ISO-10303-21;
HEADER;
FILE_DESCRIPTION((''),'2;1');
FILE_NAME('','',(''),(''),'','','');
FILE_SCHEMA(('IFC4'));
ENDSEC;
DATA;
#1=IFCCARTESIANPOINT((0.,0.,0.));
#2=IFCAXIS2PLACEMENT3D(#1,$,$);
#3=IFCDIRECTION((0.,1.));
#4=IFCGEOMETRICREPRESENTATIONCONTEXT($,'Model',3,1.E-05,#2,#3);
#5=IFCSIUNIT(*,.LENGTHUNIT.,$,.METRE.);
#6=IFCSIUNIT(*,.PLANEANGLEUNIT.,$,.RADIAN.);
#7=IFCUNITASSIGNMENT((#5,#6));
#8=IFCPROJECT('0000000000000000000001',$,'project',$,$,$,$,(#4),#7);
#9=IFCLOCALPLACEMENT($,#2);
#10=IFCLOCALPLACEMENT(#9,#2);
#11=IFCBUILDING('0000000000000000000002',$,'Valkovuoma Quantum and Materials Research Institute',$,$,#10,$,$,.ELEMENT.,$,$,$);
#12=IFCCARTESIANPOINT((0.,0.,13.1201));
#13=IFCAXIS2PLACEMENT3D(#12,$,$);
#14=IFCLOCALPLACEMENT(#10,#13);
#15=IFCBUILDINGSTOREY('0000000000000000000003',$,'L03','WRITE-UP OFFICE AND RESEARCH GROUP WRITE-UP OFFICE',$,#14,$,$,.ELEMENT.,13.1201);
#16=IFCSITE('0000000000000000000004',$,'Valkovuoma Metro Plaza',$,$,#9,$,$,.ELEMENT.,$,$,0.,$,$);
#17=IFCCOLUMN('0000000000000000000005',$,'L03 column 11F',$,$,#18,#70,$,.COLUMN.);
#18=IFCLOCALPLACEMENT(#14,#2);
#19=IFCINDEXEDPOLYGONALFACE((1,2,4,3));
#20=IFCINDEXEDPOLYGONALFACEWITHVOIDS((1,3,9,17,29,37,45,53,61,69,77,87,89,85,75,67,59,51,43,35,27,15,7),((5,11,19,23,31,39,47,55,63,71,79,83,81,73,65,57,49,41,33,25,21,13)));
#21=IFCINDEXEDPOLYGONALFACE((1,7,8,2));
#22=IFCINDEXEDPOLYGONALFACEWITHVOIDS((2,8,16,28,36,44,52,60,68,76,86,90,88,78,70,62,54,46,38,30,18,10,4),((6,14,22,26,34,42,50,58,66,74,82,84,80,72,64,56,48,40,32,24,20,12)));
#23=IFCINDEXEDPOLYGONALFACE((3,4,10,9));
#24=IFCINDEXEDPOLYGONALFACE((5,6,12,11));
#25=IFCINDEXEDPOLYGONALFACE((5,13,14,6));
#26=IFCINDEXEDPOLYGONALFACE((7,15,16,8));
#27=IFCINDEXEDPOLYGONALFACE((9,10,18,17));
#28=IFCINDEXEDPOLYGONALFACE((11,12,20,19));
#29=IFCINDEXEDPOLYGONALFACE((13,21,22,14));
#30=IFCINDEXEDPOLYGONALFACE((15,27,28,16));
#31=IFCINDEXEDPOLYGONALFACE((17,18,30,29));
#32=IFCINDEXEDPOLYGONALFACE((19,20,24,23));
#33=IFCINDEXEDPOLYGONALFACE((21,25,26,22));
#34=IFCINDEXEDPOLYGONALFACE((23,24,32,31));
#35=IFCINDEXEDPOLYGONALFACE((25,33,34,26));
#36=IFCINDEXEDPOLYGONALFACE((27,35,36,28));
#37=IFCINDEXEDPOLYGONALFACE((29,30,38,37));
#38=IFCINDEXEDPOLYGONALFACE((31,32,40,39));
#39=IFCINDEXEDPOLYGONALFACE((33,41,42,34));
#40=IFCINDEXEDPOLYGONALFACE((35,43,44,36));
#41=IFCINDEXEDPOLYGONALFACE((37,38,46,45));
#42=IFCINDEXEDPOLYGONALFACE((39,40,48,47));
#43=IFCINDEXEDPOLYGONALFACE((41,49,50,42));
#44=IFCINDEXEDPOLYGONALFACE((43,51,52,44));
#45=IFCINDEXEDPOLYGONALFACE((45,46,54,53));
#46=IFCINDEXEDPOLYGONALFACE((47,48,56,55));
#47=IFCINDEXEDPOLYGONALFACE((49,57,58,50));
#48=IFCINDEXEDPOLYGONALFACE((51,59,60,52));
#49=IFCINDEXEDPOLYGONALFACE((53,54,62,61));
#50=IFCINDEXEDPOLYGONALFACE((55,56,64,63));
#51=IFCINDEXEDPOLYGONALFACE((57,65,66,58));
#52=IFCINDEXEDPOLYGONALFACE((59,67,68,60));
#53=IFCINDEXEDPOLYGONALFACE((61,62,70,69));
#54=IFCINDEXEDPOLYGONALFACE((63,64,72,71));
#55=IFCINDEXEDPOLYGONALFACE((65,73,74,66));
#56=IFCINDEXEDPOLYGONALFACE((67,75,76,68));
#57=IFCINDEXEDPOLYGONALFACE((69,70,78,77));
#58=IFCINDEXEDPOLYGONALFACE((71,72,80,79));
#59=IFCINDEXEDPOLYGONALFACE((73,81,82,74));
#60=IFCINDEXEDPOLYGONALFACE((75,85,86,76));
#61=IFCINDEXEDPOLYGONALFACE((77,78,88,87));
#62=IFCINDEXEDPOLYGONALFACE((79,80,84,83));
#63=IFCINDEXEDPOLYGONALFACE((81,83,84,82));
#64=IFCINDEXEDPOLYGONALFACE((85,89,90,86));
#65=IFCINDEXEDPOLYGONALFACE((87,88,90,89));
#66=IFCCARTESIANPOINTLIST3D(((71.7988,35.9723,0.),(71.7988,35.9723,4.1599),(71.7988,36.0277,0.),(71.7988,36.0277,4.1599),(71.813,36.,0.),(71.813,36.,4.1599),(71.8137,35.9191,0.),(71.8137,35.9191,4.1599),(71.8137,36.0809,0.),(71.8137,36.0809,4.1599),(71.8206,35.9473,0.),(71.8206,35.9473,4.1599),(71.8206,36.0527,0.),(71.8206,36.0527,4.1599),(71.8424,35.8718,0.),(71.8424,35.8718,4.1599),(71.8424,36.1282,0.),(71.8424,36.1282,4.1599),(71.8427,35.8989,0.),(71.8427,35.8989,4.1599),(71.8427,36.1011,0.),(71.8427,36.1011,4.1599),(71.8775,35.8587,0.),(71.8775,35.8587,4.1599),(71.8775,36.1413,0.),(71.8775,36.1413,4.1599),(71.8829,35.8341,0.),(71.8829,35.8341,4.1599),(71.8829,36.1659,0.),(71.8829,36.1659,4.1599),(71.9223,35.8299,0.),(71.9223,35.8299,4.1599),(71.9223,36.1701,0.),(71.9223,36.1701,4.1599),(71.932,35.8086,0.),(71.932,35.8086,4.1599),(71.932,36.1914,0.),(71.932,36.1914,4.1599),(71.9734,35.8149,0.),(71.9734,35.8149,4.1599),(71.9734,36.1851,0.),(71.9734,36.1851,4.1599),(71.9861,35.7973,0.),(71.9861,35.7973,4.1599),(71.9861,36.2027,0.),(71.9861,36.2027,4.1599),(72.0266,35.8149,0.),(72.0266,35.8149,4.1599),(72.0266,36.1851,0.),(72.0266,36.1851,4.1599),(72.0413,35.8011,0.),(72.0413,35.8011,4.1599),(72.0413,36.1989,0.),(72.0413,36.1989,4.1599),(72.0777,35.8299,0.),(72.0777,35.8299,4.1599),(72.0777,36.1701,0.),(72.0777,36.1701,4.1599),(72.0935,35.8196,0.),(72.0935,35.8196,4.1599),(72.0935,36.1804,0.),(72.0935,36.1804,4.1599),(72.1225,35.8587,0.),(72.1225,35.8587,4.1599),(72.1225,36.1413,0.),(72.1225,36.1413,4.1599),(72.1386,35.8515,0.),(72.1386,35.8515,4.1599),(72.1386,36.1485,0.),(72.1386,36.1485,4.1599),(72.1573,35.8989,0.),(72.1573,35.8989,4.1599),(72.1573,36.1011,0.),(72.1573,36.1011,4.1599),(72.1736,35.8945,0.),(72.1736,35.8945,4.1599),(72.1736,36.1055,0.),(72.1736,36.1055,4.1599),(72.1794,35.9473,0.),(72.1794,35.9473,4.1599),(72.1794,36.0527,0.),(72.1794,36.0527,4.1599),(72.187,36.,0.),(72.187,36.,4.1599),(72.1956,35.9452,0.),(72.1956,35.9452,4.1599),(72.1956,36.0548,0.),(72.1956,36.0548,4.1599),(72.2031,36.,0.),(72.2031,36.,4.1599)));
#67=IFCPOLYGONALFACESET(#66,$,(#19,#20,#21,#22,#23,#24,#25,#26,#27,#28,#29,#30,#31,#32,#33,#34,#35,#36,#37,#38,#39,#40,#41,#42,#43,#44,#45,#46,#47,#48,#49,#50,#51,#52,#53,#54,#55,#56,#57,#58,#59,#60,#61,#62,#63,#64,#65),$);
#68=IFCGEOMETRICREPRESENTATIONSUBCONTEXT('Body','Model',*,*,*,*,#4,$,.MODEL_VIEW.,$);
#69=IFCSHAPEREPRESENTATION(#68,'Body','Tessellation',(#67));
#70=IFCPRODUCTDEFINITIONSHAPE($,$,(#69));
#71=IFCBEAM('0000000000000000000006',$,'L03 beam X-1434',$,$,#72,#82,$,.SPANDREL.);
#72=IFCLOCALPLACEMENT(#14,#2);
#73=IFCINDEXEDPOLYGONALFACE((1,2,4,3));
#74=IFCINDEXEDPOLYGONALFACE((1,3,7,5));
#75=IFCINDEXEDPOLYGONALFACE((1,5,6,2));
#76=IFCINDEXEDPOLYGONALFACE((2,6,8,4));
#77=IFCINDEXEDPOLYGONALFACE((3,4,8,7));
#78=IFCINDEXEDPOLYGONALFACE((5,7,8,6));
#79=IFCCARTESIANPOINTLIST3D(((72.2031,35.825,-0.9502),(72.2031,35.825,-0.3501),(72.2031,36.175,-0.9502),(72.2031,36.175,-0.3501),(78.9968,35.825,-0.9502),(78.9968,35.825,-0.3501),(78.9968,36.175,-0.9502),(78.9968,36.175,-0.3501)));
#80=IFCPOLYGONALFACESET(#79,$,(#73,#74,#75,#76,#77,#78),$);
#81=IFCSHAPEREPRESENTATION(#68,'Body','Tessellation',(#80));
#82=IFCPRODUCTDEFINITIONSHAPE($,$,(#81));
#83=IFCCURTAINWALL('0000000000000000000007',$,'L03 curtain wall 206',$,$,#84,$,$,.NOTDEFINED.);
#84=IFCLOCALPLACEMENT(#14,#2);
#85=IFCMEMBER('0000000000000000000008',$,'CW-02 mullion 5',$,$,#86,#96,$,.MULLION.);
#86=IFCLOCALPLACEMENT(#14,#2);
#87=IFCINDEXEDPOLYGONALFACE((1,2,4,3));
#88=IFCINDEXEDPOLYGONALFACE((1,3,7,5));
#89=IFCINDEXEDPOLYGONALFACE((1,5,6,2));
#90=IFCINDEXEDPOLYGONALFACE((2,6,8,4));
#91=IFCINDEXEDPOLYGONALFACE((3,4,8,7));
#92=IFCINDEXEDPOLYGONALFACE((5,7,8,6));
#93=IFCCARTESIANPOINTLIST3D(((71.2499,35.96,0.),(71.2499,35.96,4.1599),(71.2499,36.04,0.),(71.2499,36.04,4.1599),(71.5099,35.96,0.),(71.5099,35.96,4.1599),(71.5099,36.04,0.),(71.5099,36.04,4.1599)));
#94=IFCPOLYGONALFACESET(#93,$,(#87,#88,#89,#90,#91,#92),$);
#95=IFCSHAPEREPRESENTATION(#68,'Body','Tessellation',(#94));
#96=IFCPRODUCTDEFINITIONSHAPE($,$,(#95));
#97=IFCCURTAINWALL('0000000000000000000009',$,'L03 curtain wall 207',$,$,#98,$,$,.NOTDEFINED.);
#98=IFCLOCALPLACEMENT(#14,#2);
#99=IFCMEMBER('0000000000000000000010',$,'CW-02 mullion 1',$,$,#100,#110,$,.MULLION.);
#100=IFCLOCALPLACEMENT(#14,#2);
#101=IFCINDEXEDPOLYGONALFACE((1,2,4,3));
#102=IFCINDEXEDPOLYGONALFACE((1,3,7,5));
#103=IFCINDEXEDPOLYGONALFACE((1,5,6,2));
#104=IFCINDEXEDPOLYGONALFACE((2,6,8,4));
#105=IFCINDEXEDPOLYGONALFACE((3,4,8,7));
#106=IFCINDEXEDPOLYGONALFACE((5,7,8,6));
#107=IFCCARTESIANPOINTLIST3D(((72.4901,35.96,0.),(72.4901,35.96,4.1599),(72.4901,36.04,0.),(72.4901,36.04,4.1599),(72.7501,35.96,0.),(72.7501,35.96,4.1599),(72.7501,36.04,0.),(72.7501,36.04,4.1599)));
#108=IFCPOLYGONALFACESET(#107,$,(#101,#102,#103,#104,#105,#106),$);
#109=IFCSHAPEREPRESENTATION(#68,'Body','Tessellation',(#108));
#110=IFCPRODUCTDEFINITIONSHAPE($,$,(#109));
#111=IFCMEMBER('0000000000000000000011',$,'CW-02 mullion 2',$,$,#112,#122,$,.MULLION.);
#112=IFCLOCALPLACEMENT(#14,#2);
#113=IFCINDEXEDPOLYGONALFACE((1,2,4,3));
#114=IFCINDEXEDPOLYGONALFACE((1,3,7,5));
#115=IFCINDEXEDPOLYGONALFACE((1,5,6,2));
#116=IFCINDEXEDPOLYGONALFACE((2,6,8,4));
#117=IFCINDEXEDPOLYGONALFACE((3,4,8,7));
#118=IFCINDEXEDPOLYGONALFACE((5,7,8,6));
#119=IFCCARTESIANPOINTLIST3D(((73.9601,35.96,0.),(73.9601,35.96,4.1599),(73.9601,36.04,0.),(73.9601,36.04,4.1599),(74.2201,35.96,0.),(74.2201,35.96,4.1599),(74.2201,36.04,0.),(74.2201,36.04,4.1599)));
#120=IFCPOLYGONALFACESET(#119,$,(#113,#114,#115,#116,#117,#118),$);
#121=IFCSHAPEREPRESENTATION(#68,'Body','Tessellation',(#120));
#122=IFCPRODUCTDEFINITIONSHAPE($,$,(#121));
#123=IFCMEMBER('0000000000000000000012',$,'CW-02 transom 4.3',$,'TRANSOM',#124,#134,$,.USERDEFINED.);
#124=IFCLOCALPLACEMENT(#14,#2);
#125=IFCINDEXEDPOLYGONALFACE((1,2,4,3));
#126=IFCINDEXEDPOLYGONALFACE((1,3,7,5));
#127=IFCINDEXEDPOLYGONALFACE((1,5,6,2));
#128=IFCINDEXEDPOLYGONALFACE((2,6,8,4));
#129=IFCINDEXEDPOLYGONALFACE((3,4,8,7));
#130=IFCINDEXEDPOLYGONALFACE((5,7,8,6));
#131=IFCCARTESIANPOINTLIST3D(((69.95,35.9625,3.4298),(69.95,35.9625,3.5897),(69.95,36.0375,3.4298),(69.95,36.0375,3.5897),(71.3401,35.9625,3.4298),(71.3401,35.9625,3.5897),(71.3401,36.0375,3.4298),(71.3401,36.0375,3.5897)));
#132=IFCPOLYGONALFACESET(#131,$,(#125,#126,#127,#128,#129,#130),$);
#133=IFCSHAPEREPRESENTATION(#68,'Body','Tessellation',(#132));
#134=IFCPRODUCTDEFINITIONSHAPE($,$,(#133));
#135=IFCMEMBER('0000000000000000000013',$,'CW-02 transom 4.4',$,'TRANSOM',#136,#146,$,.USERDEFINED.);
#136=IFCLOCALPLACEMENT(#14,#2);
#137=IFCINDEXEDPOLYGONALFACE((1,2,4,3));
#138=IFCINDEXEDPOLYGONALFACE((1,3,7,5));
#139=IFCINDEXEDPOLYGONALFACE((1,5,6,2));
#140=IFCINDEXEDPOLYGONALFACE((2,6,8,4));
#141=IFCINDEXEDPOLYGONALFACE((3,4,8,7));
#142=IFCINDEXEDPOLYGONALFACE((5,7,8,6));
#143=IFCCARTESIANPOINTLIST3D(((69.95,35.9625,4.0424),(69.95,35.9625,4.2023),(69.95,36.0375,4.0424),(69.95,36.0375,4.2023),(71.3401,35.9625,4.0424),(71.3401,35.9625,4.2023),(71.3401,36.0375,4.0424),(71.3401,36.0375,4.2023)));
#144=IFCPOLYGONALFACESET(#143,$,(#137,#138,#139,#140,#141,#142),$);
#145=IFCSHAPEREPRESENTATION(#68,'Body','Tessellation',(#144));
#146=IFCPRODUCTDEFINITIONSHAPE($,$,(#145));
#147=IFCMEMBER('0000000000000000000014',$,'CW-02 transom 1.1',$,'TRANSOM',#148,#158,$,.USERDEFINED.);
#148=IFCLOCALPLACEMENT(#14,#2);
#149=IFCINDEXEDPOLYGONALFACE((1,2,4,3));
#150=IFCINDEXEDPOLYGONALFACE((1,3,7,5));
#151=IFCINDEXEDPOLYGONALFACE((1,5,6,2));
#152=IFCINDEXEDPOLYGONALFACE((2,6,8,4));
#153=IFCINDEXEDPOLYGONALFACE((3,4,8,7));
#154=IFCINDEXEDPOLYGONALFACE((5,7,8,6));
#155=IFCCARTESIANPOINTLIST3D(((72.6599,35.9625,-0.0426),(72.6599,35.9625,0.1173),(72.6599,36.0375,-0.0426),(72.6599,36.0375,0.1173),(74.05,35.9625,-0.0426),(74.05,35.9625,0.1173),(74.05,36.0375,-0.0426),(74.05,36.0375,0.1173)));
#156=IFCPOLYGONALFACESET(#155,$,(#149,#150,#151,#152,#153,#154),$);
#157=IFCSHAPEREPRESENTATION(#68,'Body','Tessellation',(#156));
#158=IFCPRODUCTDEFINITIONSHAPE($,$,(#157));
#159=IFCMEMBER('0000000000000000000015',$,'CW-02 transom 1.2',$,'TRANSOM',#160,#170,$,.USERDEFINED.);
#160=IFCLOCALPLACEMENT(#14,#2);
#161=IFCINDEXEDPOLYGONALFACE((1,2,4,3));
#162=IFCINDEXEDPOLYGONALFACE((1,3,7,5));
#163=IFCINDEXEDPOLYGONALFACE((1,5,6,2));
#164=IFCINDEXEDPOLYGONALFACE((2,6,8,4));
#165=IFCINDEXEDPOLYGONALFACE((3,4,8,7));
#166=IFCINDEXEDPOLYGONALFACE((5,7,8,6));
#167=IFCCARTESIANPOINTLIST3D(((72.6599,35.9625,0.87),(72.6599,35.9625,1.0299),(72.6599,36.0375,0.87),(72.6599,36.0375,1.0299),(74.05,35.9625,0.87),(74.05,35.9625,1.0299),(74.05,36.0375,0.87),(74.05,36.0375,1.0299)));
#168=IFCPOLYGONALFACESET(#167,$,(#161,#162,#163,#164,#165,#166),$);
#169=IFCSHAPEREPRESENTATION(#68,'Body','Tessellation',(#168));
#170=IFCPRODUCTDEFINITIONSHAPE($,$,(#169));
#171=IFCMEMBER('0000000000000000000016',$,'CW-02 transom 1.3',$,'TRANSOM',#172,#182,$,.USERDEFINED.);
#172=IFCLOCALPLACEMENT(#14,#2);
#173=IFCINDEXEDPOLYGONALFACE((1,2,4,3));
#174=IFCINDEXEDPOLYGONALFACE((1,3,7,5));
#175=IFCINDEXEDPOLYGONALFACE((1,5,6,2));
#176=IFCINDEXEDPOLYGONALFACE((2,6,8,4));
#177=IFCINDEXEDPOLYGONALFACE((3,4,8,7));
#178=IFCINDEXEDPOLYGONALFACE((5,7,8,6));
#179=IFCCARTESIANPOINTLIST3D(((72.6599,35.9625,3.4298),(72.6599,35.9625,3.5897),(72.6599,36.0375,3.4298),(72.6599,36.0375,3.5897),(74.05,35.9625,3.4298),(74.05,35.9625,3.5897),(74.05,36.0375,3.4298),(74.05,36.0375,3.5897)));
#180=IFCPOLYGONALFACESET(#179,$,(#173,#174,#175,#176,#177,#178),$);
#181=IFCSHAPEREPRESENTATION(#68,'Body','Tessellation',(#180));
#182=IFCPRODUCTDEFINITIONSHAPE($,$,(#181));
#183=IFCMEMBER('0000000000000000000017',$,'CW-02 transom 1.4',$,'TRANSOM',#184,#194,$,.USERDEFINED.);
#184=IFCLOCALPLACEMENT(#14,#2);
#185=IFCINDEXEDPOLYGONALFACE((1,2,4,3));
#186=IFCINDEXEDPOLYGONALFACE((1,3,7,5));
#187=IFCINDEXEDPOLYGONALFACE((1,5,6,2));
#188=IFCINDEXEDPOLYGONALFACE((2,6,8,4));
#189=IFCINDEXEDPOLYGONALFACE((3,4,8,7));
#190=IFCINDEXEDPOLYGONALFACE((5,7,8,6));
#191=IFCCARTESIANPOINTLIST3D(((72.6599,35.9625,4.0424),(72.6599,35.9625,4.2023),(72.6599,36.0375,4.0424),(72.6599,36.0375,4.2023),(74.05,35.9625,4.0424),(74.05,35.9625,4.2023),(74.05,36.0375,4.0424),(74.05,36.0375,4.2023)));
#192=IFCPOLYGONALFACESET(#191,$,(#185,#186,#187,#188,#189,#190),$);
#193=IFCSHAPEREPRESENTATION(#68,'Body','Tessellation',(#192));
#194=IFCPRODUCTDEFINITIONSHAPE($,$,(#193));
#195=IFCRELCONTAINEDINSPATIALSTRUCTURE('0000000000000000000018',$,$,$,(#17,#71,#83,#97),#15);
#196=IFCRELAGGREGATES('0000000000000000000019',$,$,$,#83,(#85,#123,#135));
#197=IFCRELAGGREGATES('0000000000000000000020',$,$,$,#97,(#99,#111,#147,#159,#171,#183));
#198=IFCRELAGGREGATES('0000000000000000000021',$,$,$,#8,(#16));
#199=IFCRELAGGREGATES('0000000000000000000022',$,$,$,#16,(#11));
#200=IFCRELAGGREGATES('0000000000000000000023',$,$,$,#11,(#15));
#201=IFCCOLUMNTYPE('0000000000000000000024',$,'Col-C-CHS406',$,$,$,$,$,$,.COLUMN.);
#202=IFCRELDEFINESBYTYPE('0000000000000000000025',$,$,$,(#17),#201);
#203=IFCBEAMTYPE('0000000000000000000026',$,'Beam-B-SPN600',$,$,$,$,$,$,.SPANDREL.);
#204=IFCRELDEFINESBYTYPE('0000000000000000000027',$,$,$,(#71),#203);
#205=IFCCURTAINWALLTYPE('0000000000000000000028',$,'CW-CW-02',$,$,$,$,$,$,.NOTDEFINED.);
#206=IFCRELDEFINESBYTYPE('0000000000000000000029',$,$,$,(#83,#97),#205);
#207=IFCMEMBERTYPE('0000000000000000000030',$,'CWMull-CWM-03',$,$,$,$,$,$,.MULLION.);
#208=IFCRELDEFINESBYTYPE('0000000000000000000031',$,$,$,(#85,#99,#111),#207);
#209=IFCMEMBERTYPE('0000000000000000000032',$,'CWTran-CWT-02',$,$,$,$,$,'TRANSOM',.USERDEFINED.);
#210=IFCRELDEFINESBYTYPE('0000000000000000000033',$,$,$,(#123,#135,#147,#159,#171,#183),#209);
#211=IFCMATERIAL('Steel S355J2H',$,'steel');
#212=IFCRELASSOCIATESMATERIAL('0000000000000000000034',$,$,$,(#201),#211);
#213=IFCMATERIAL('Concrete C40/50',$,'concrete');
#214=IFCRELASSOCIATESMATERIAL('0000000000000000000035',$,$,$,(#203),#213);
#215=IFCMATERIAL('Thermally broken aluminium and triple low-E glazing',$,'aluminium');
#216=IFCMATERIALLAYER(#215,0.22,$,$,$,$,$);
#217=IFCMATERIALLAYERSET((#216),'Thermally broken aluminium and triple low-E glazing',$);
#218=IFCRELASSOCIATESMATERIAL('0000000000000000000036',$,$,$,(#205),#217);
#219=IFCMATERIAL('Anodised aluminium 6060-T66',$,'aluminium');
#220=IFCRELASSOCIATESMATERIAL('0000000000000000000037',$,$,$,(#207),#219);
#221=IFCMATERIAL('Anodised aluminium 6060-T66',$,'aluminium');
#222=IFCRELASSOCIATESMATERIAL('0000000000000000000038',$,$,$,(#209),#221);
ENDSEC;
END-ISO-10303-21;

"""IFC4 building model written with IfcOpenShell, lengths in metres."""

from ifc_helpers import new_model, si_unit, direction, frame, origin, origin_2d, place, context, subcontext, project, spatial, rectangle, hollow_circle, extrude, material, layer, layer_set, material_profile, profile_set, type_object, element, aggregate, save


model = new_model("IFC4")

# Units and contexts
model_context = context("Model", 3, precision=1e-05, world=origin(), true_north=direction((0.0, 1.0)))
body_context = subcontext(model_context, "Body", "Model", "MODEL_VIEW")
ifc_project = project(units=[si_unit("LENGTHUNIT", "METRE"), si_unit("PLANEANGLEUNIT", "RADIAN")], contexts=[model_context])

# Site, building, storey
site_placement = place(None, origin())
site = spatial("IfcSite", under=ifc_project, at=site_placement, Name="Valkovuoma Metro Plaza", CompositionType="ELEMENT", RefElevation=0.0)
building_placement = place(site_placement, origin())
building = spatial("IfcBuilding", under=site, at=building_placement, Name="Valkovuoma Quantum and Materials Research Institute", CompositionType="ELEMENT")
storey_placement = place(building_placement, frame((0.0, 0.0, 13.1201)))
storey = spatial("IfcBuildingStorey", under=building, at=storey_placement, Name="L03", Description="WRITE-UP OFFICE AND RESEARCH GROUP WRITE-UP OFFICE", CompositionType="ELEMENT", Elevation=13.1201)

# Column
ifc_material_1 = material(Name="Steel S355J2H", Category="steel")
ifc_material_profile_1 = material_profile(ifc_material_1, hollow_circle(Radius=0.2031, WallThickness=0.0161, at=origin_2d()), Name="Steel S355J2H")
ifc_profile_set_1 = profile_set([ifc_material_profile_1], Name="Steel S355J2H")
column_type = type_object("IfcColumnType", Name="Col-C-CHS406", PredefinedType="COLUMN", material=ifc_profile_set_1)
column_placement = place(storey_placement, frame((72.0, 36.0, 0.0), z_axis=(0.0, 0.0, 1.0), x_axis=(1.0, 0.0, 0.0)))
element("IfcColumn", 1, at=column_placement, inside=storey, type_object=column_type, Name="L03 column 11F", PredefinedType="COLUMN", context=body_context, shape_type="SweptSolid", body=[
    extrude(hollow_circle(Radius=0.2031, WallThickness=0.0161, at=origin_2d()), origin(), (0.0, 0.0, 1.0), 4.1599),
])

# Beam
ifc_material_2 = material(Name="Concrete C40/50", Category="concrete")
ifc_material_profile_2 = material_profile(ifc_material_2, rectangle(XDim=0.3501, YDim=0.6001, at=origin_2d()), Name="Concrete C40/50")
ifc_profile_set_2 = profile_set([ifc_material_profile_2], Name="Concrete C40/50")
beam_type = type_object("IfcBeamType", Name="Beam-B-SPN600", PredefinedType="SPANDREL", material=ifc_profile_set_2)
beam_placement = place(storey_placement, frame((72.2031, 36.0, -0.6501), z_axis=(1.0, 0.0, 0.0), x_axis=(0.0, 1.0, 0.0)))
element("IfcBeam", 2, at=beam_placement, inside=storey, type_object=beam_type, Name="L03 beam X-1434", PredefinedType="SPANDREL", context=body_context, shape_type="SweptSolid", body=[
    extrude(rectangle(XDim=0.3501, YDim=0.6001, at=origin_2d()), origin(), (0.0, 0.0, 1.0), 6.7937),
])

# Curtain wall, member
ifc_material_3 = material(Name="Thermally broken aluminium and triple low-E glazing", Category="aluminium")
ifc_layer_1 = layer(ifc_material_3, 0.22)
ifc_layer_set_1 = layer_set([ifc_layer_1], Name="Thermally broken aluminium and triple low-E glazing")
curtain_wall_type = type_object("IfcCurtainWallType", Name="CW-CW-02", PredefinedType="NOTDEFINED", material=ifc_layer_set_1)
curtain_wall_1_placement = place(storey_placement, origin())
curtain_wall_1 = element("IfcCurtainWall", 3, at=curtain_wall_1_placement, inside=storey, type_object=curtain_wall_type, Name="L03 curtain wall 206", PredefinedType="NOTDEFINED")
ifc_material_4 = material(Name="Anodised aluminium 6060-T66", Category="aluminium")
ifc_material_profile_3 = material_profile(ifc_material_4, rectangle(XDim=0.0801, YDim=0.26, at=origin_2d()), Name="Anodised aluminium 6060-T66")
ifc_profile_set_3 = profile_set([ifc_material_profile_3], Name="Anodised aluminium 6060-T66")
member_type_1 = type_object("IfcMemberType", Name="CWMull-CWM-03", PredefinedType="MULLION", material=ifc_profile_set_3)
member_1_placement = place(storey_placement, frame((71.3799, 36.0, 0.0), z_axis=(0.0, 0.0, 1.0), x_axis=(0.0, 1.0, 0.0)))
member_1 = element("IfcMember", 4, at=member_1_placement, type_object=member_type_1, Name="CW-02 mullion 5", PredefinedType="MULLION", context=body_context, shape_type="SweptSolid", body=[
    extrude(rectangle(XDim=0.0801, YDim=0.26, at=origin_2d()), origin(), (0.0, 0.0, 1.0), 4.1599),
])

# Curtain wall, members
curtain_wall_2_placement = place(storey_placement, origin())
curtain_wall_2 = element("IfcCurtainWall", 5, at=curtain_wall_2_placement, inside=storey, type_object=curtain_wall_type, Name="L03 curtain wall 207", PredefinedType="NOTDEFINED")
member_2_placement = place(storey_placement, frame((72.6201, 36.0, 0.0), z_axis=(0.0, 0.0, 1.0), x_axis=(0.0, 1.0, 0.0)))
member_2 = element("IfcMember", 6, at=member_2_placement, type_object=member_type_1, Name="CW-02 mullion 1", PredefinedType="MULLION", context=body_context, shape_type="SweptSolid", body=[
    extrude(rectangle(XDim=0.0801, YDim=0.26, at=origin_2d()), origin(), (0.0, 0.0, 1.0), 4.1599),
])
member_3_placement = place(storey_placement, frame((74.0901, 36.0, 0.0), z_axis=(0.0, 0.0, 1.0), x_axis=(0.0, 1.0, 0.0)))
member_3 = element("IfcMember", 7, at=member_3_placement, type_object=member_type_1, Name="CW-02 mullion 2", PredefinedType="MULLION", context=body_context, shape_type="SweptSolid", body=[
    extrude(rectangle(XDim=0.0801, YDim=0.26, at=origin_2d()), origin(), (0.0, 0.0, 1.0), 4.1599),
])

# Members
ifc_material_5 = material(Name="Anodised aluminium 6060-T66", Category="aluminium")
ifc_material_profile_4 = material_profile(ifc_material_5, rectangle(XDim=0.075, YDim=0.1599, at=origin_2d()), Name="Anodised aluminium 6060-T66")
ifc_profile_set_4 = profile_set([ifc_material_profile_4], Name="Anodised aluminium 6060-T66")
member_type_2 = type_object("IfcMemberType", Name="CWTran-CWT-02", ElementType="TRANSOM", PredefinedType="USERDEFINED", material=ifc_profile_set_4)
member_4_placement = place(storey_placement, frame((69.95, 36.0, 3.5098), z_axis=(1.0, 0.0, 0.0), x_axis=(0.0, 1.0, 0.0)))
member_4 = element("IfcMember", 8, at=member_4_placement, type_object=member_type_2, Name="CW-02 transom 4.3", ObjectType="TRANSOM", PredefinedType="USERDEFINED", context=body_context, shape_type="SweptSolid", body=[
    extrude(rectangle(XDim=0.075, YDim=0.1599, at=origin_2d()), origin(), (0.0, 0.0, 1.0), 1.3901),
])
member_5_placement = place(storey_placement, frame((69.95, 36.0, 4.1223), z_axis=(1.0, 0.0, 0.0), x_axis=(0.0, 1.0, 0.0)))
member_5 = element("IfcMember", 9, at=member_5_placement, type_object=member_type_2, Name="CW-02 transom 4.4", ObjectType="TRANSOM", PredefinedType="USERDEFINED", context=body_context, shape_type="SweptSolid", body=[
    extrude(rectangle(XDim=0.075, YDim=0.1599, at=origin_2d()), origin(), (0.0, 0.0, 1.0), 1.3901),
])
member_6_placement = place(storey_placement, frame((72.6599, 36.0, 0.0374), z_axis=(1.0, 0.0, 0.0), x_axis=(0.0, 1.0, 0.0)))
member_6 = element("IfcMember", 10, at=member_6_placement, type_object=member_type_2, Name="CW-02 transom 1.1", ObjectType="TRANSOM", PredefinedType="USERDEFINED", context=body_context, shape_type="SweptSolid", body=[
    extrude(rectangle(XDim=0.075, YDim=0.1599, at=origin_2d()), origin(), (0.0, 0.0, 1.0), 1.3901),
])
member_7_placement = place(storey_placement, frame((72.6599, 36.0, 0.95), z_axis=(1.0, 0.0, 0.0), x_axis=(0.0, 1.0, 0.0)))
member_7 = element("IfcMember", 11, at=member_7_placement, type_object=member_type_2, Name="CW-02 transom 1.2", ObjectType="TRANSOM", PredefinedType="USERDEFINED", context=body_context, shape_type="SweptSolid", body=[
    extrude(rectangle(XDim=0.075, YDim=0.1599, at=origin_2d()), origin(), (0.0, 0.0, 1.0), 1.3901),
])
member_8_placement = place(storey_placement, frame((72.6599, 36.0, 3.5098), z_axis=(1.0, 0.0, 0.0), x_axis=(0.0, 1.0, 0.0)))
member_8 = element("IfcMember", 12, at=member_8_placement, type_object=member_type_2, Name="CW-02 transom 1.3", ObjectType="TRANSOM", PredefinedType="USERDEFINED", context=body_context, shape_type="SweptSolid", body=[
    extrude(rectangle(XDim=0.075, YDim=0.1599, at=origin_2d()), origin(), (0.0, 0.0, 1.0), 1.3901),
])
member_9_placement = place(storey_placement, frame((72.6599, 36.0, 4.1223), z_axis=(1.0, 0.0, 0.0), x_axis=(0.0, 1.0, 0.0)))
member_9 = element("IfcMember", 13, at=member_9_placement, type_object=member_type_2, Name="CW-02 transom 1.4", ObjectType="TRANSOM", PredefinedType="USERDEFINED", context=body_context, shape_type="SweptSolid", body=[
    extrude(rectangle(XDim=0.075, YDim=0.1599, at=origin_2d()), origin(), (0.0, 0.0, 1.0), 1.3901),
])

aggregate(curtain_wall_1, [member_1, member_4, member_5])
aggregate(curtain_wall_2, [member_2, member_3, member_6, member_7, member_8, member_9])

save(model, "model.ifc")
